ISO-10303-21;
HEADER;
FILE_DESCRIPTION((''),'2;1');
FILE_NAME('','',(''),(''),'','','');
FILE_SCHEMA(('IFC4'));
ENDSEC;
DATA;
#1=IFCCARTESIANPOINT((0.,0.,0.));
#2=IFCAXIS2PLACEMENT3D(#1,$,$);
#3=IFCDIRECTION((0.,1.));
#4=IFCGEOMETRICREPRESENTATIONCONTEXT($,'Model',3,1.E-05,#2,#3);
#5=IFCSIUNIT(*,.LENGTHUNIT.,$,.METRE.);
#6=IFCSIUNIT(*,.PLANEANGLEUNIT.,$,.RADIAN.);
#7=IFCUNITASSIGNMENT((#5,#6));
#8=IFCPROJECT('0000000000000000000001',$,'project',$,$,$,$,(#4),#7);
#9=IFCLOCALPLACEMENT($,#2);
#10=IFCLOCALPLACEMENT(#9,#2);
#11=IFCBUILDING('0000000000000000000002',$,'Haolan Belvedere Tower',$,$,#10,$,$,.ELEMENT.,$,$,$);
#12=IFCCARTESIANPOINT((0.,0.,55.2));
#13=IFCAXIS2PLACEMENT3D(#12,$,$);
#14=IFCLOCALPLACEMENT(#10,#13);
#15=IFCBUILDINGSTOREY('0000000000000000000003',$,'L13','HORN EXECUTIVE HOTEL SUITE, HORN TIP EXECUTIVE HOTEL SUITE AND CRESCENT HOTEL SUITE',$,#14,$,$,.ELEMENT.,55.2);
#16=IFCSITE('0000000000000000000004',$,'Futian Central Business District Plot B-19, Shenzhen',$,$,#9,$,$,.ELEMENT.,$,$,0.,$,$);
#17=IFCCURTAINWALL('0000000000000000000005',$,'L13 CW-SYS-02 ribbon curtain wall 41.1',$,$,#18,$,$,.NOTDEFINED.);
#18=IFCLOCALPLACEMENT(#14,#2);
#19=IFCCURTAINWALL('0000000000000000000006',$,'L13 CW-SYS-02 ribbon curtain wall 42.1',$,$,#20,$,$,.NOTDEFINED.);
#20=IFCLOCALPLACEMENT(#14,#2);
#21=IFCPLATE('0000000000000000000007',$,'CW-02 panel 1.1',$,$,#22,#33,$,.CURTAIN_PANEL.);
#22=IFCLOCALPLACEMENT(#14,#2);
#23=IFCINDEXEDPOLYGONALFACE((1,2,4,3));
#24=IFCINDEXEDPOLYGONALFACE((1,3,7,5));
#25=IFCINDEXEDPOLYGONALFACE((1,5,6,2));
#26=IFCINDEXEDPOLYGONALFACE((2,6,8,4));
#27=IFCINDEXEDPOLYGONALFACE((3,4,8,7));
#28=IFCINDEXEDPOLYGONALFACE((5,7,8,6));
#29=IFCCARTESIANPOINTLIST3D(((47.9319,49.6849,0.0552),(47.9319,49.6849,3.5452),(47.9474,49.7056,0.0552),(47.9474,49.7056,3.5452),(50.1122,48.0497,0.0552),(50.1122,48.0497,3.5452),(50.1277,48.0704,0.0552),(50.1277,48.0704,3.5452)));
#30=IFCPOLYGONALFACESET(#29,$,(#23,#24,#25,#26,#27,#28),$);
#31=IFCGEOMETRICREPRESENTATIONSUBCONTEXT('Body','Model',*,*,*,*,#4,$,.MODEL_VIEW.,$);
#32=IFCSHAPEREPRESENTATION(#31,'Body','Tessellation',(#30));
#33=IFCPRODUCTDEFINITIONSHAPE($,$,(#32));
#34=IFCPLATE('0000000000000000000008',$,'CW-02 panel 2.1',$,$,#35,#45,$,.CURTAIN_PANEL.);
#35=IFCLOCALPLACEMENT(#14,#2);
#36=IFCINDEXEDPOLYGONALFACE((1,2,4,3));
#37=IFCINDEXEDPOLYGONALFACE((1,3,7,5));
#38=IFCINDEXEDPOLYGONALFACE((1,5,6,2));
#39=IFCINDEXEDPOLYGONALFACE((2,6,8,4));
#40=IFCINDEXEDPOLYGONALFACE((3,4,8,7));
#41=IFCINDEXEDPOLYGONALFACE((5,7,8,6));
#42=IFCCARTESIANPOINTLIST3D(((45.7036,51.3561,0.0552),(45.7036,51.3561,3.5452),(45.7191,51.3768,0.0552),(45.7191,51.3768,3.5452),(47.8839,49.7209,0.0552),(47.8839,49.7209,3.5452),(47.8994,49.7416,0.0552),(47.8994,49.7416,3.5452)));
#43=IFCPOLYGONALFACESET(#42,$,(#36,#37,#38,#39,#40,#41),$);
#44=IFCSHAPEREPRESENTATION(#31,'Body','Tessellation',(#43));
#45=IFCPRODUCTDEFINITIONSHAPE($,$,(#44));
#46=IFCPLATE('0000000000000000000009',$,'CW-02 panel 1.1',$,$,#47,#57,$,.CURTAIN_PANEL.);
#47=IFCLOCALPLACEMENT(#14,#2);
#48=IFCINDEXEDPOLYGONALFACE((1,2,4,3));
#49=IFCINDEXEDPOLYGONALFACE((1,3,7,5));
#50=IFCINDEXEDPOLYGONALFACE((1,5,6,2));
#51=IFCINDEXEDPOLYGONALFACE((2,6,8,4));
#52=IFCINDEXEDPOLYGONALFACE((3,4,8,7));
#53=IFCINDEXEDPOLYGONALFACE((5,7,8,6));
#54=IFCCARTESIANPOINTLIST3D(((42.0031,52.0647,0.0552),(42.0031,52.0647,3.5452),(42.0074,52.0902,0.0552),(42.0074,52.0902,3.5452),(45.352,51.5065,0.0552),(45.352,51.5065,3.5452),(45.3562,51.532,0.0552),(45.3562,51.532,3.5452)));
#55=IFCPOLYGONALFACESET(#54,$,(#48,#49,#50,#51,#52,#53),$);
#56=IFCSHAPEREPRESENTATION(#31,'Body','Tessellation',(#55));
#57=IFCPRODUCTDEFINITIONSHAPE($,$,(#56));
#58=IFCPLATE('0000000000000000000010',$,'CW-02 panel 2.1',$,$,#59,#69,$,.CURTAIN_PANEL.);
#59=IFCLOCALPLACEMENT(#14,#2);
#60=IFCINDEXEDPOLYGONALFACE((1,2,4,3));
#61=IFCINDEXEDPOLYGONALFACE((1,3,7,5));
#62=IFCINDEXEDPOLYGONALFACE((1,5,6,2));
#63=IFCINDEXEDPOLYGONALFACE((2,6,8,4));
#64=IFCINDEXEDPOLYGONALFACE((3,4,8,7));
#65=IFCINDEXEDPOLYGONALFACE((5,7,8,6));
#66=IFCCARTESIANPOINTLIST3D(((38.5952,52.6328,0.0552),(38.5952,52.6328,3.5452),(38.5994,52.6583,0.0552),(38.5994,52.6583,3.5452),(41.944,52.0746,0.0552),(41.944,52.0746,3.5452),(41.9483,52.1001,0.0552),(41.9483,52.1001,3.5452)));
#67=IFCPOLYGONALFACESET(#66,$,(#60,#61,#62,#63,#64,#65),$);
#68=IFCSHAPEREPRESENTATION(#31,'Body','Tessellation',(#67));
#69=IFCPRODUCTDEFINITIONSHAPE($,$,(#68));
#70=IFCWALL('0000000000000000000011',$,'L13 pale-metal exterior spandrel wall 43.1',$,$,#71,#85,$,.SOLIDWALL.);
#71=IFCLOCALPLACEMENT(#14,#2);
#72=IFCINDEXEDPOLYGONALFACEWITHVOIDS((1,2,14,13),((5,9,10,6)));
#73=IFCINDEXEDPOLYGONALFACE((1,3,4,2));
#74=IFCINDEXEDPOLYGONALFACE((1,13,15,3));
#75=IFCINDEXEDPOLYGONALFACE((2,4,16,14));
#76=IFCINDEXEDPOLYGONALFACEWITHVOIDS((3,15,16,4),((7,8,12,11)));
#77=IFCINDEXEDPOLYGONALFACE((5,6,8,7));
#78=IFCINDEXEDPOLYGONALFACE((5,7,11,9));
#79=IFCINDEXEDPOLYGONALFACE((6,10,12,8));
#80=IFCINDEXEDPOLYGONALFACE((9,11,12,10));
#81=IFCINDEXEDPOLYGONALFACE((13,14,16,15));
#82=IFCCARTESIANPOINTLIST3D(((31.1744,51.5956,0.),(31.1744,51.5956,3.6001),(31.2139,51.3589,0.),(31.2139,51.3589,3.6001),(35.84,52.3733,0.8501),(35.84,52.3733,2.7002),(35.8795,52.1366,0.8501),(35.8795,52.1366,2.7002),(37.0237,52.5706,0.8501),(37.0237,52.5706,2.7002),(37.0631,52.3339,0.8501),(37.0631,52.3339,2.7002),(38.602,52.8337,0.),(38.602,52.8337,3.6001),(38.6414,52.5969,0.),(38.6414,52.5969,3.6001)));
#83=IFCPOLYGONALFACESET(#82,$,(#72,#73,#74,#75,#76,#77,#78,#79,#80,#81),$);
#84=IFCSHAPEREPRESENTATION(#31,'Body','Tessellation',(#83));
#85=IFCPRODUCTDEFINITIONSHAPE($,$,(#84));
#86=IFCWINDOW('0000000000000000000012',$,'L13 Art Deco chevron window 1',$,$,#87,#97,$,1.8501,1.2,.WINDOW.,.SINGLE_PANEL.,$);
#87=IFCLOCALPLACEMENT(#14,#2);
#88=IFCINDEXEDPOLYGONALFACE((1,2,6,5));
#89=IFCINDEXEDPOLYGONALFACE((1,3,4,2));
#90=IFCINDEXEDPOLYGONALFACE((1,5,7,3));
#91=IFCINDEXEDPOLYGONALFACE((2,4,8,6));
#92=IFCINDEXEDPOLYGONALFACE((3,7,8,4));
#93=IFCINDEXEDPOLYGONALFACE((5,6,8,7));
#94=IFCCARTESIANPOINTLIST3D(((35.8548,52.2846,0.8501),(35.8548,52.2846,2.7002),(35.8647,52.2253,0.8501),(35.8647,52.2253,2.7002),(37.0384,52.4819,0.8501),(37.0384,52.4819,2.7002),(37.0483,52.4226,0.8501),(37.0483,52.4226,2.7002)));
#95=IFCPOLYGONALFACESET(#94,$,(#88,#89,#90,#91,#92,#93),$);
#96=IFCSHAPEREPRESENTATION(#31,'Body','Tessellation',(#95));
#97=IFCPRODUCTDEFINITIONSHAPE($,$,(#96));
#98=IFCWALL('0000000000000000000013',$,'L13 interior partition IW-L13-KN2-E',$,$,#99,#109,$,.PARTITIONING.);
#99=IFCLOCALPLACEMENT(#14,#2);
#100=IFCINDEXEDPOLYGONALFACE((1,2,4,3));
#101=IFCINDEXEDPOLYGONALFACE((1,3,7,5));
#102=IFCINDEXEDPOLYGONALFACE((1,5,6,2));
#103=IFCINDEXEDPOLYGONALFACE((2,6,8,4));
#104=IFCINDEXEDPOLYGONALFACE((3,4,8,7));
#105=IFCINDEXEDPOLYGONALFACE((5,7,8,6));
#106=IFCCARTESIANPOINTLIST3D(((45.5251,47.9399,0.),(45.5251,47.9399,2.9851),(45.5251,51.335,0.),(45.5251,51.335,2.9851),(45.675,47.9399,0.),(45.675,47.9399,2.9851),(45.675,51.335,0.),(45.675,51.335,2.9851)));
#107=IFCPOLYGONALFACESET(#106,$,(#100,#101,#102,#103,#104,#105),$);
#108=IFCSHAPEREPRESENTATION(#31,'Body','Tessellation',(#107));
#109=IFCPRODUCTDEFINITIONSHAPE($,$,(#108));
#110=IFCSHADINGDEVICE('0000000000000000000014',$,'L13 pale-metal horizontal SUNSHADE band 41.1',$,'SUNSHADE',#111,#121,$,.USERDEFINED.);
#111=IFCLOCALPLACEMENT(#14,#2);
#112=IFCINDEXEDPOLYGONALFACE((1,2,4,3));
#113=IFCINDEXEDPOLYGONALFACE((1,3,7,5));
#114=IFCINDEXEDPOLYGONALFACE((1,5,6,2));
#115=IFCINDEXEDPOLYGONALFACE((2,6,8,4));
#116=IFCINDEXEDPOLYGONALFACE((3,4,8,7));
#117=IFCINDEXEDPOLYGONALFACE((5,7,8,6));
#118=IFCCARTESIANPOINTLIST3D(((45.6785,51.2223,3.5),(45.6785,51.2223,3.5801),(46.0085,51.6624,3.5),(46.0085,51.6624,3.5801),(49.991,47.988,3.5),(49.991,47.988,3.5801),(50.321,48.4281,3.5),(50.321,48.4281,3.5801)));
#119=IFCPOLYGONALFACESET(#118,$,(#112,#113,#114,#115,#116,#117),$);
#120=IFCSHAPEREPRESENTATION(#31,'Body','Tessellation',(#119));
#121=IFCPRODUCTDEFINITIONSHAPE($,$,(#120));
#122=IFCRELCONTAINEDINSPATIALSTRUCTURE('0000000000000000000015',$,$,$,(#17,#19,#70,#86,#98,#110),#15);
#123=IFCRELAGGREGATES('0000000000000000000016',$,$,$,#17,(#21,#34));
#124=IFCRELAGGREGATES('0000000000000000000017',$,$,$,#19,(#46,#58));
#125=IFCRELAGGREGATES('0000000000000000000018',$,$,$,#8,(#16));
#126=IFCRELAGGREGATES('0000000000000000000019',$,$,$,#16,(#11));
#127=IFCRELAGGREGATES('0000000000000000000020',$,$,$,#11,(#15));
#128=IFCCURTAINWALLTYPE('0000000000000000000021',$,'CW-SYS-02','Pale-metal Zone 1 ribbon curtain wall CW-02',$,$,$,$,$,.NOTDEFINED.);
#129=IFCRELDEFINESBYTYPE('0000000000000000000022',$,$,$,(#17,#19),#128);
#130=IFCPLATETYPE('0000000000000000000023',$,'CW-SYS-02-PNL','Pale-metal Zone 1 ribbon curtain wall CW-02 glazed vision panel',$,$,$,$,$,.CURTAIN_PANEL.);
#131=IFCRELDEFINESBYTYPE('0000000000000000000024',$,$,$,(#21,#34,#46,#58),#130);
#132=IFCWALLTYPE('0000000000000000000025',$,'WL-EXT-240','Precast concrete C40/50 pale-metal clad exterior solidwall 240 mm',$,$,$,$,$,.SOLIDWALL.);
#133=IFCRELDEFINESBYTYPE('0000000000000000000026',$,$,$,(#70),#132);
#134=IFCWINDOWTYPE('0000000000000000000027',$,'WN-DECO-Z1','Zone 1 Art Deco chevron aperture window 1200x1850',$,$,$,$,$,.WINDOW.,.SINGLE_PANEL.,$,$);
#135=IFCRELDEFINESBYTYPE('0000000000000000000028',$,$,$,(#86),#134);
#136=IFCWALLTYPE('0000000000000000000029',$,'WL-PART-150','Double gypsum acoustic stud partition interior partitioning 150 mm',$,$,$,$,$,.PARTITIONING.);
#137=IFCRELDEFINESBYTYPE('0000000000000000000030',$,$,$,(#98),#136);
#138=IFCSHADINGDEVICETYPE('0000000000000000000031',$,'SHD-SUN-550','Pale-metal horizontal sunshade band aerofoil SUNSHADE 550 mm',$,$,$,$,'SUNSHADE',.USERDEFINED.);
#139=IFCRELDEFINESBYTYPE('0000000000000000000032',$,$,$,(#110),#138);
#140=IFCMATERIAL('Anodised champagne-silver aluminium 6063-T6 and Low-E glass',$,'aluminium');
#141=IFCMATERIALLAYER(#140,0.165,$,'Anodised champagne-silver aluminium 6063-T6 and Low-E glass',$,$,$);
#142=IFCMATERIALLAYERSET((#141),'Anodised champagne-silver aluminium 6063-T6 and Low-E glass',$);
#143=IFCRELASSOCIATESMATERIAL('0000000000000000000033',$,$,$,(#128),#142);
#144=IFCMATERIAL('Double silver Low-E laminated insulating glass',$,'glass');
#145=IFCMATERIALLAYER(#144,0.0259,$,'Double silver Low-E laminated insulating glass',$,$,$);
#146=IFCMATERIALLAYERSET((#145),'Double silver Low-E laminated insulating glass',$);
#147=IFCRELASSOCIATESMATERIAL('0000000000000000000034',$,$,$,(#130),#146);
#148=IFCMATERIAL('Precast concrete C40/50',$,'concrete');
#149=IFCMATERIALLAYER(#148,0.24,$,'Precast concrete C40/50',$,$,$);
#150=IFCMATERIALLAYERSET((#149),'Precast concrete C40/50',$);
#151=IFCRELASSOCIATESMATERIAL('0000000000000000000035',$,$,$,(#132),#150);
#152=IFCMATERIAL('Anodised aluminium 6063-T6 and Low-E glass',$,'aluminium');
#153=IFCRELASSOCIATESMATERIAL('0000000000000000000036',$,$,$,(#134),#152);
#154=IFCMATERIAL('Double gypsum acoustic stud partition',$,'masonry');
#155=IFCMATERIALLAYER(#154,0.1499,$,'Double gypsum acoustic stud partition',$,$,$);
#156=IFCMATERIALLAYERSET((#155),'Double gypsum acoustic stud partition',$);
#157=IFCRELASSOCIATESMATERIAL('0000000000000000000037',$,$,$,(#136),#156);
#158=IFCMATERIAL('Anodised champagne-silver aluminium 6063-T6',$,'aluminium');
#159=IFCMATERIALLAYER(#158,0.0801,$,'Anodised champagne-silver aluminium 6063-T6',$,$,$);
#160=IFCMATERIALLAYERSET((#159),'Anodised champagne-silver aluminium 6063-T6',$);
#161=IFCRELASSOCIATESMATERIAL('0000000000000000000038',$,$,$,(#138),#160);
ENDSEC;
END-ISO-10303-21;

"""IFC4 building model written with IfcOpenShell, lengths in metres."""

from ifc_helpers import new_model, si_unit, direction, frame, frame_2d, origin, origin_2d, place, context, subcontext, project, spatial, rectangle, extrude, material, layer, layer_set, type_object, element, fill, aggregate, save


model = new_model("IFC4")

# Units and contexts
model_context = context("Model", 3, precision=1e-05, world=origin(), true_north=direction((0.0, 1.0)))
body_context = subcontext(model_context, "Body", "Model", "MODEL_VIEW")
ifc_project = project(units=[si_unit("LENGTHUNIT", "METRE"), si_unit("PLANEANGLEUNIT", "RADIAN")], contexts=[model_context])

# Site, building, storey
site_placement = place(None, origin())
site = spatial("IfcSite", under=ifc_project, at=site_placement, Name="Futian Central Business District Plot B-19, Shenzhen", CompositionType="ELEMENT", RefElevation=0.0)
building_placement = place(site_placement, origin())
building = spatial("IfcBuilding", under=site, at=building_placement, Name="Haolan Belvedere Tower", CompositionType="ELEMENT")
storey_placement = place(building_placement, frame((0.0, 0.0, 55.2)))
storey = spatial("IfcBuildingStorey", under=building, at=storey_placement, Name="L13", Description="HORN EXECUTIVE HOTEL SUITE, HORN TIP EXECUTIVE HOTEL SUITE AND CRESCENT HOTEL SUITE", CompositionType="ELEMENT", Elevation=55.2)

# Curtain walls
ifc_material_1 = material(Name="Anodised champagne-silver aluminium 6063-T6 and Low-E glass", Category="aluminium")
ifc_layer_1 = layer(ifc_material_1, 0.165, Name="Anodised champagne-silver aluminium 6063-T6 and Low-E glass")
ifc_layer_set_1 = layer_set([ifc_layer_1], Name="Anodised champagne-silver aluminium 6063-T6 and Low-E glass")
curtain_wall_type = type_object("IfcCurtainWallType", Name="CW-SYS-02", Description="Pale-metal Zone 1 ribbon curtain wall CW-02", PredefinedType="NOTDEFINED", material=ifc_layer_set_1)
curtain_wall_1_placement = place(storey_placement, origin())
curtain_wall_1 = element("IfcCurtainWall", 1, at=curtain_wall_1_placement, inside=storey, type_object=curtain_wall_type, Name="L13 CW-SYS-02 ribbon curtain wall 41.1", PredefinedType="NOTDEFINED")
curtain_wall_2_placement = place(storey_placement, origin())
curtain_wall_2 = element("IfcCurtainWall", 2, at=curtain_wall_2_placement, inside=storey, type_object=curtain_wall_type, Name="L13 CW-SYS-02 ribbon curtain wall 42.1", PredefinedType="NOTDEFINED")

# Plates
ifc_material_2 = material(Name="Double silver Low-E laminated insulating glass", Category="glass")
ifc_layer_2 = layer(ifc_material_2, 0.0259, Name="Double silver Low-E laminated insulating glass")
ifc_layer_set_2 = layer_set([ifc_layer_2], Name="Double silver Low-E laminated insulating glass")
plate_type = type_object("IfcPlateType", Name="CW-SYS-02-PNL", Description="Pale-metal Zone 1 ribbon curtain wall CW-02 glazed vision panel", PredefinedType="CURTAIN_PANEL", material=ifc_layer_set_2)
plate_1_placement = place(storey_placement, frame((49.0298, 48.8777, 0.0552), z_axis=(0.0, 0.0, 1.0), x_axis=(-0.800004, 0.599994, 0.0)))
plate_1 = element("IfcPlate", 3, at=plate_1_placement, type_object=plate_type, Name="CW-02 panel 1.1", PredefinedType="CURTAIN_PANEL", context=body_context, shape_type="SweptSolid", body=[
    extrude(rectangle(XDim=2.7253, YDim=0.0259, at=origin_2d()), origin(), (0.0, 0.0, 1.0), 3.49),
])
plate_2_placement = place(storey_placement, frame((46.8015, 50.5488, 0.0552), z_axis=(0.0, 0.0, 1.0), x_axis=(-0.800004, 0.599994, 0.0)))
plate_2 = element("IfcPlate", 4, at=plate_2_placement, type_object=plate_type, Name="CW-02 panel 2.1", PredefinedType="CURTAIN_PANEL", context=body_context, shape_type="SweptSolid", body=[
    extrude(rectangle(XDim=2.7253, YDim=0.0259, at=origin_2d()), origin(), (0.0, 0.0, 1.0), 3.49),
])
aggregate(curtain_wall_1, [plate_1, plate_2])
plate_3_placement = place(storey_placement, frame((43.6797, 51.7983, 0.0552), z_axis=(0.0, 0.0, 1.0), x_axis=(-0.986393, 0.164404, 0.0)))
plate_3 = element("IfcPlate", 5, at=plate_3_placement, type_object=plate_type, Name="CW-02 panel 1.1", PredefinedType="CURTAIN_PANEL", context=body_context, shape_type="SweptSolid", body=[
    extrude(rectangle(XDim=3.395, YDim=0.0259, at=origin_2d()), origin(), (0.0, 0.0, 1.0), 3.49),
])
plate_4_placement = place(storey_placement, frame((40.2717, 52.3665, 0.0552), z_axis=(0.0, 0.0, 1.0), x_axis=(-0.986393, 0.164404, 0.0)))
plate_4 = element("IfcPlate", 6, at=plate_4_placement, type_object=plate_type, Name="CW-02 panel 2.1", PredefinedType="CURTAIN_PANEL", context=body_context, shape_type="SweptSolid", body=[
    extrude(rectangle(XDim=3.395, YDim=0.0259, at=origin_2d()), origin(), (0.0, 0.0, 1.0), 3.49),
])
aggregate(curtain_wall_2, [plate_3, plate_4])

# Wall, opening, window
ifc_material_3 = material(Name="Precast concrete C40/50", Category="concrete")
ifc_layer_3 = layer(ifc_material_3, 0.24, Name="Precast concrete C40/50")
ifc_layer_set_3 = layer_set([ifc_layer_3], Name="Precast concrete C40/50")
wall_type_1 = type_object("IfcWallType", Name="WL-EXT-240", Description="Precast concrete C40/50 pale-metal clad exterior solidwall 240 mm", PredefinedType="SOLIDWALL", material=ifc_layer_set_3)
wall_1_placement = place(storey_placement, frame((38.6218, 52.7153, 0.0), z_axis=(0.0, 0.0, 1.0), x_axis=(-0.986391, -0.164415, 0.0)))
wall_1 = element("IfcWall", 7, at=wall_1_placement, inside=storey, type_object=wall_type_1, Name="L13 pale-metal exterior spandrel wall 43.1", PredefinedType="SOLIDWALL", context=body_context, shape_type="SweptSolid", body=[
    extrude(rectangle(XDim=7.53, YDim=0.24, at=frame_2d((3.7651, 0.0))), origin(), (0.0, 0.0, 1.0), 3.6001),
])
opening_1_placement = place(wall_1_placement, frame((1.6001, 0.0, 0.8501)))
opening_1 = element("IfcOpeningElement", 8, at=opening_1_placement, cuts=wall_1, PredefinedType="OPENING", context=body_context, shape_type="SweptSolid", body=[
    extrude(rectangle(XDim=1.2, YDim=1.8501, at=frame_2d((0.6001, 0.925))), frame((0.0, 0.1299, 0.0), z_axis=(0.0, -1.0, 0.0), x_axis=(1.0, 0.0, 0.0)), (0.0, 0.0, 1.0), 0.26),
])
ifc_material_4 = material(Name="Anodised aluminium 6063-T6 and Low-E glass", Category="aluminium")
window_type = type_object("IfcWindowType", Name="WN-DECO-Z1", Description="Zone 1 Art Deco chevron aperture window 1200x1850", PartitioningType="SINGLE_PANEL", PredefinedType="WINDOW", material=ifc_material_4)
window_placement = place(opening_1_placement, origin())
window = element("IfcWindow", 9, at=window_placement, inside=storey, type_object=window_type, Name="L13 Art Deco chevron window 1", OverallHeight=1.8501, OverallWidth=1.2, PartitioningType="SINGLE_PANEL", PredefinedType="WINDOW", context=body_context, shape_type="SweptSolid", body=[
    extrude(rectangle(XDim=1.2, YDim=1.8501, at=frame_2d((0.6001, 0.925))), frame((0.0, 0.03, 0.0), z_axis=(0.0, -1.0, 0.0), x_axis=(1.0, 0.0, 0.0)), (0.0, 0.0, 1.0), 0.0601),
])
fill(opening_1, window)

# Wall
ifc_material_5 = material(Name="Double gypsum acoustic stud partition", Category="masonry")
ifc_layer_4 = layer(ifc_material_5, 0.1499, Name="Double gypsum acoustic stud partition")
ifc_layer_set_4 = layer_set([ifc_layer_4], Name="Double gypsum acoustic stud partition")
wall_type_2 = type_object("IfcWallType", Name="WL-PART-150", Description="Double gypsum acoustic stud partition interior partitioning 150 mm", PredefinedType="PARTITIONING", material=ifc_layer_set_4)
wall_2_placement = place(storey_placement, frame((45.6001, 47.9399, 0.0), z_axis=(0.0, 0.0, 1.0), x_axis=(0.0, 1.0, 0.0)))
element("IfcWall", 10, at=wall_2_placement, inside=storey, type_object=wall_type_2, Name="L13 interior partition IW-L13-KN2-E", PredefinedType="PARTITIONING", context=body_context, shape_type="SweptSolid", body=[
    extrude(rectangle(XDim=3.395, YDim=0.1499, at=frame_2d((1.6975, 0.0))), origin(), (0.0, 0.0, 1.0), 2.9851),
])

# Shading device
ifc_material_6 = material(Name="Anodised champagne-silver aluminium 6063-T6", Category="aluminium")
ifc_layer_5 = layer(ifc_material_6, 0.0801, Name="Anodised champagne-silver aluminium 6063-T6")
ifc_layer_set_5 = layer_set([ifc_layer_5], Name="Anodised champagne-silver aluminium 6063-T6")
shading_device_type = type_object("IfcShadingDeviceType", Name="SHD-SUN-550", Description="Pale-metal horizontal sunshade band aerofoil SUNSHADE 550 mm", ElementType="SUNSHADE", PredefinedType="USERDEFINED", material=ifc_layer_set_5)
shading_device_placement = place(storey_placement, frame((47.9998, 49.8252, 3.5), z_axis=(0.0, 0.0, 1.0), x_axis=(-0.800009, 0.599987, 0.0)))
element("IfcShadingDevice", 11, at=shading_device_placement, inside=storey, type_object=shading_device_type, Name="L13 pale-metal horizontal SUNSHADE band 41.1", ObjectType="SUNSHADE", PredefinedType="USERDEFINED", context=body_context, shape_type="SweptSolid", body=[
    extrude(rectangle(XDim=5.3906, YDim=0.55, at=origin_2d()), origin(), (0.0, 0.0, 1.0), 0.0801),
])

save(model, "model.ifc")
